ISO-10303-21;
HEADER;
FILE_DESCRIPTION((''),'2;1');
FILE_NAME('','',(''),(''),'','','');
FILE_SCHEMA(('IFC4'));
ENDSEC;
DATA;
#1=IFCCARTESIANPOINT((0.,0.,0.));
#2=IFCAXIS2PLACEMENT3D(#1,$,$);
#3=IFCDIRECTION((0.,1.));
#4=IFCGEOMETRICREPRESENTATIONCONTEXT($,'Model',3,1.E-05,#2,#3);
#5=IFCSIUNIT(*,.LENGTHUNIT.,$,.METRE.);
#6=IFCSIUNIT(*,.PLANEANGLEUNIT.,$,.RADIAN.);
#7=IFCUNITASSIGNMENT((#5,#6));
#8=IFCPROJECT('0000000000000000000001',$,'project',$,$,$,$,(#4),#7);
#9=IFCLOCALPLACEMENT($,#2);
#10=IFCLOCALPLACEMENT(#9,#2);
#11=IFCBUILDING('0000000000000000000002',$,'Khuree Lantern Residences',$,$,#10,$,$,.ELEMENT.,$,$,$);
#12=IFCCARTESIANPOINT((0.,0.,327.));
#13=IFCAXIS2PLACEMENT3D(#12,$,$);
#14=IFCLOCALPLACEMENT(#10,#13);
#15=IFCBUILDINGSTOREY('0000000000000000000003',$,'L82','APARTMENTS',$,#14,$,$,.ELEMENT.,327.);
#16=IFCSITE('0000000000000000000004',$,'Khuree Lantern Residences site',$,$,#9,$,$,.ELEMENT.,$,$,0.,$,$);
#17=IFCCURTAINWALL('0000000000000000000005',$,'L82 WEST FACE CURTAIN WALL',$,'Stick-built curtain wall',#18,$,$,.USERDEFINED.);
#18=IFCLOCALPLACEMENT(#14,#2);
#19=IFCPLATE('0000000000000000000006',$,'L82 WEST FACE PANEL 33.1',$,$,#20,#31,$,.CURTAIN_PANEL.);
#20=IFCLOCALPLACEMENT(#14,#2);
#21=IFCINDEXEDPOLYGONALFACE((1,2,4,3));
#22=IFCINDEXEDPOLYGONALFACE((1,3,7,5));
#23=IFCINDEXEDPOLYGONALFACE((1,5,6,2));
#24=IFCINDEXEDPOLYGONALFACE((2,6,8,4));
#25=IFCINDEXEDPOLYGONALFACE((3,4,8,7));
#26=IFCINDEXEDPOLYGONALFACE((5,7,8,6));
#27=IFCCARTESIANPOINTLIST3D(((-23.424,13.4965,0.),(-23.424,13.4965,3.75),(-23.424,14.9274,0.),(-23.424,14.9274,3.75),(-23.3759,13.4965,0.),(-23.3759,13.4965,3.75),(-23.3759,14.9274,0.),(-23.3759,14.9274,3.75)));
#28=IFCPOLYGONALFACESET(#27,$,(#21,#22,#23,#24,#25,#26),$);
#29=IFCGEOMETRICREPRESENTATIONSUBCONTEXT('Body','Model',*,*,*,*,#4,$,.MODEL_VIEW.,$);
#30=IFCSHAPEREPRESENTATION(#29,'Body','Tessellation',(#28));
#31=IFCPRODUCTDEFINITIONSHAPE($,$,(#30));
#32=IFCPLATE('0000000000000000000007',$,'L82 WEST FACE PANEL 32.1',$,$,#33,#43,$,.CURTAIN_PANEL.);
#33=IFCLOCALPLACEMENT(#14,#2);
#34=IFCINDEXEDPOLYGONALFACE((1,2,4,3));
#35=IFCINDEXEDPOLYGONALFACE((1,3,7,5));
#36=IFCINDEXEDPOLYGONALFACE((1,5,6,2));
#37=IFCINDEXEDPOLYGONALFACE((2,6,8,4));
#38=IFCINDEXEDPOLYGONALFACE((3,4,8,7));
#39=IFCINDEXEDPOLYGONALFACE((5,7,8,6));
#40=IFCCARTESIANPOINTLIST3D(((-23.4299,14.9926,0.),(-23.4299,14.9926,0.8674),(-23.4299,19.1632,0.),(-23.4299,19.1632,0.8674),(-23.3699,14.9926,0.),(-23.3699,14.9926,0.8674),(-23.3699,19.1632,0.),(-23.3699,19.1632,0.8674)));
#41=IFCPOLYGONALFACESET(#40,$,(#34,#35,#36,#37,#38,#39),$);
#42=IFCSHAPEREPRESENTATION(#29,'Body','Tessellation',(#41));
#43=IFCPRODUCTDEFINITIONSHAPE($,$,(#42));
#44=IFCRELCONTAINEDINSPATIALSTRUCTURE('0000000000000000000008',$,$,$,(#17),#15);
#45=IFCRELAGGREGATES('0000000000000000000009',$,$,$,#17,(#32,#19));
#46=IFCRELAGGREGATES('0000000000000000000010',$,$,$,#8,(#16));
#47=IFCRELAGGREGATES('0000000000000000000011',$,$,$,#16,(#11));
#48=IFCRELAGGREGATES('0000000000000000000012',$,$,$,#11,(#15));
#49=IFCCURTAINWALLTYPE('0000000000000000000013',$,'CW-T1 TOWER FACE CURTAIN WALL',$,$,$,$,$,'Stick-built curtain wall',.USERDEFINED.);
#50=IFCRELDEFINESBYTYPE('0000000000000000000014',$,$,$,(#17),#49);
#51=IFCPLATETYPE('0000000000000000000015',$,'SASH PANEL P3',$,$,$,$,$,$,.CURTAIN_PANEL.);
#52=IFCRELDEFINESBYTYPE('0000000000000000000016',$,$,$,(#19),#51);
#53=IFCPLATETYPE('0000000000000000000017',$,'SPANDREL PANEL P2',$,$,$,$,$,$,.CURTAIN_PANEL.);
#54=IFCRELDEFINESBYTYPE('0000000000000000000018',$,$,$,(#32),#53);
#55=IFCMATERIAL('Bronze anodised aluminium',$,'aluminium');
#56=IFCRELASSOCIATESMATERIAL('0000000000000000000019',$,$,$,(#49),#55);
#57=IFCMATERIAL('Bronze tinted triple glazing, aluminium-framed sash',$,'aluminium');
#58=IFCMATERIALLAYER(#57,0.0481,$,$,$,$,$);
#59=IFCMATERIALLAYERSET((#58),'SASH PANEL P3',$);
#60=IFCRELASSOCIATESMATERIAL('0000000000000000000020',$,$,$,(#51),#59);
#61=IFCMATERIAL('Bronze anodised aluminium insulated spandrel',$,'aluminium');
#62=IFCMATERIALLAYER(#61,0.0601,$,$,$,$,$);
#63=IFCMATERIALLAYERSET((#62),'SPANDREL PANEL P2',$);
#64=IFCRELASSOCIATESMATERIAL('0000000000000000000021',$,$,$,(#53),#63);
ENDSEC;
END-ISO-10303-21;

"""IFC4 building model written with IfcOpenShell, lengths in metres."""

from ifc_helpers import new_model, si_unit, direction, frame, origin, origin_2d, place, context, subcontext, project, spatial, rectangle, extrude, material, layer, layer_set, type_object, element, aggregate, save


model = new_model("IFC4")

# Units and contexts
model_context = context("Model", 3, precision=1e-05, world=origin(), true_north=direction((0.0, 1.0)))
body_context = subcontext(model_context, "Body", "Model", "MODEL_VIEW")
ifc_project = project(units=[si_unit("LENGTHUNIT", "METRE"), si_unit("PLANEANGLEUNIT", "RADIAN")], contexts=[model_context])

# Site, building, storey
site_placement = place(None, origin())
site = spatial("IfcSite", under=ifc_project, at=site_placement, Name="Khuree Lantern Residences site", CompositionType="ELEMENT", RefElevation=0.0)
building_placement = place(site_placement, origin())
building = spatial("IfcBuilding", under=site, at=building_placement, Name="Khuree Lantern Residences", CompositionType="ELEMENT")
storey_placement = place(building_placement, frame((0.0, 0.0, 327.0)))
storey = spatial("IfcBuildingStorey", under=building, at=storey_placement, Name="L82", Description="APARTMENTS", CompositionType="ELEMENT", Elevation=327.0)

# Curtain wall
ifc_material_1 = material(Name="Bronze anodised aluminium", Category="aluminium")
curtain_wall_type = type_object("IfcCurtainWallType", Name="CW-T1 TOWER FACE CURTAIN WALL", ElementType="Stick-built curtain wall", PredefinedType="USERDEFINED", material=ifc_material_1)
curtain_wall_placement = place(storey_placement, origin())
curtain_wall = element("IfcCurtainWall", 1, at=curtain_wall_placement, inside=storey, type_object=curtain_wall_type, Name="L82 WEST FACE CURTAIN WALL", ObjectType="Stick-built curtain wall", PredefinedType="USERDEFINED")

# Plates
ifc_material_2 = material(Name="Bronze tinted triple glazing, aluminium-framed sash", Category="aluminium")
ifc_layer_1 = layer(ifc_material_2, 0.0481)
ifc_layer_set_1 = layer_set([ifc_layer_1], Name="SASH PANEL P3")
plate_type_1 = type_object("IfcPlateType", Name="SASH PANEL P3", PredefinedType="CURTAIN_PANEL", material=ifc_layer_set_1)
plate_1_placement = place(storey_placement, frame((-23.3999, 14.2119, 0.0), z_axis=(0.0, 0.0, 1.0), x_axis=(0.0, -1.0, 0.0)))
plate_1 = element("IfcPlate", 2, at=plate_1_placement, type_object=plate_type_1, Name="L82 WEST FACE PANEL 33.1", PredefinedType="CURTAIN_PANEL", context=body_context, shape_type="SweptSolid", body=[
    extrude(rectangle(XDim=1.4309, YDim=0.0481, at=origin_2d()), origin(), (0.0, 0.0, 1.0), 3.75),
])
ifc_material_3 = material(Name="Bronze anodised aluminium insulated spandrel", Category="aluminium")
ifc_layer_2 = layer(ifc_material_3, 0.0601)
ifc_layer_set_2 = layer_set([ifc_layer_2], Name="SPANDREL PANEL P2")
plate_type_2 = type_object("IfcPlateType", Name="SPANDREL PANEL P2", PredefinedType="CURTAIN_PANEL", material=ifc_layer_set_2)
plate_2_placement = place(storey_placement, frame((-23.3999, 17.0779, 0.0), z_axis=(0.0, 0.0, 1.0), x_axis=(0.0, -1.0, 0.0)))
plate_2 = element("IfcPlate", 3, at=plate_2_placement, type_object=plate_type_2, Name="L82 WEST FACE PANEL 32.1", PredefinedType="CURTAIN_PANEL", context=body_context, shape_type="SweptSolid", body=[
    extrude(rectangle(XDim=4.1707, YDim=0.0601, at=origin_2d()), origin(), (0.0, 0.0, 1.0), 0.8674),
])
aggregate(curtain_wall, [plate_2, plate_1])

save(model, "model.ifc")
